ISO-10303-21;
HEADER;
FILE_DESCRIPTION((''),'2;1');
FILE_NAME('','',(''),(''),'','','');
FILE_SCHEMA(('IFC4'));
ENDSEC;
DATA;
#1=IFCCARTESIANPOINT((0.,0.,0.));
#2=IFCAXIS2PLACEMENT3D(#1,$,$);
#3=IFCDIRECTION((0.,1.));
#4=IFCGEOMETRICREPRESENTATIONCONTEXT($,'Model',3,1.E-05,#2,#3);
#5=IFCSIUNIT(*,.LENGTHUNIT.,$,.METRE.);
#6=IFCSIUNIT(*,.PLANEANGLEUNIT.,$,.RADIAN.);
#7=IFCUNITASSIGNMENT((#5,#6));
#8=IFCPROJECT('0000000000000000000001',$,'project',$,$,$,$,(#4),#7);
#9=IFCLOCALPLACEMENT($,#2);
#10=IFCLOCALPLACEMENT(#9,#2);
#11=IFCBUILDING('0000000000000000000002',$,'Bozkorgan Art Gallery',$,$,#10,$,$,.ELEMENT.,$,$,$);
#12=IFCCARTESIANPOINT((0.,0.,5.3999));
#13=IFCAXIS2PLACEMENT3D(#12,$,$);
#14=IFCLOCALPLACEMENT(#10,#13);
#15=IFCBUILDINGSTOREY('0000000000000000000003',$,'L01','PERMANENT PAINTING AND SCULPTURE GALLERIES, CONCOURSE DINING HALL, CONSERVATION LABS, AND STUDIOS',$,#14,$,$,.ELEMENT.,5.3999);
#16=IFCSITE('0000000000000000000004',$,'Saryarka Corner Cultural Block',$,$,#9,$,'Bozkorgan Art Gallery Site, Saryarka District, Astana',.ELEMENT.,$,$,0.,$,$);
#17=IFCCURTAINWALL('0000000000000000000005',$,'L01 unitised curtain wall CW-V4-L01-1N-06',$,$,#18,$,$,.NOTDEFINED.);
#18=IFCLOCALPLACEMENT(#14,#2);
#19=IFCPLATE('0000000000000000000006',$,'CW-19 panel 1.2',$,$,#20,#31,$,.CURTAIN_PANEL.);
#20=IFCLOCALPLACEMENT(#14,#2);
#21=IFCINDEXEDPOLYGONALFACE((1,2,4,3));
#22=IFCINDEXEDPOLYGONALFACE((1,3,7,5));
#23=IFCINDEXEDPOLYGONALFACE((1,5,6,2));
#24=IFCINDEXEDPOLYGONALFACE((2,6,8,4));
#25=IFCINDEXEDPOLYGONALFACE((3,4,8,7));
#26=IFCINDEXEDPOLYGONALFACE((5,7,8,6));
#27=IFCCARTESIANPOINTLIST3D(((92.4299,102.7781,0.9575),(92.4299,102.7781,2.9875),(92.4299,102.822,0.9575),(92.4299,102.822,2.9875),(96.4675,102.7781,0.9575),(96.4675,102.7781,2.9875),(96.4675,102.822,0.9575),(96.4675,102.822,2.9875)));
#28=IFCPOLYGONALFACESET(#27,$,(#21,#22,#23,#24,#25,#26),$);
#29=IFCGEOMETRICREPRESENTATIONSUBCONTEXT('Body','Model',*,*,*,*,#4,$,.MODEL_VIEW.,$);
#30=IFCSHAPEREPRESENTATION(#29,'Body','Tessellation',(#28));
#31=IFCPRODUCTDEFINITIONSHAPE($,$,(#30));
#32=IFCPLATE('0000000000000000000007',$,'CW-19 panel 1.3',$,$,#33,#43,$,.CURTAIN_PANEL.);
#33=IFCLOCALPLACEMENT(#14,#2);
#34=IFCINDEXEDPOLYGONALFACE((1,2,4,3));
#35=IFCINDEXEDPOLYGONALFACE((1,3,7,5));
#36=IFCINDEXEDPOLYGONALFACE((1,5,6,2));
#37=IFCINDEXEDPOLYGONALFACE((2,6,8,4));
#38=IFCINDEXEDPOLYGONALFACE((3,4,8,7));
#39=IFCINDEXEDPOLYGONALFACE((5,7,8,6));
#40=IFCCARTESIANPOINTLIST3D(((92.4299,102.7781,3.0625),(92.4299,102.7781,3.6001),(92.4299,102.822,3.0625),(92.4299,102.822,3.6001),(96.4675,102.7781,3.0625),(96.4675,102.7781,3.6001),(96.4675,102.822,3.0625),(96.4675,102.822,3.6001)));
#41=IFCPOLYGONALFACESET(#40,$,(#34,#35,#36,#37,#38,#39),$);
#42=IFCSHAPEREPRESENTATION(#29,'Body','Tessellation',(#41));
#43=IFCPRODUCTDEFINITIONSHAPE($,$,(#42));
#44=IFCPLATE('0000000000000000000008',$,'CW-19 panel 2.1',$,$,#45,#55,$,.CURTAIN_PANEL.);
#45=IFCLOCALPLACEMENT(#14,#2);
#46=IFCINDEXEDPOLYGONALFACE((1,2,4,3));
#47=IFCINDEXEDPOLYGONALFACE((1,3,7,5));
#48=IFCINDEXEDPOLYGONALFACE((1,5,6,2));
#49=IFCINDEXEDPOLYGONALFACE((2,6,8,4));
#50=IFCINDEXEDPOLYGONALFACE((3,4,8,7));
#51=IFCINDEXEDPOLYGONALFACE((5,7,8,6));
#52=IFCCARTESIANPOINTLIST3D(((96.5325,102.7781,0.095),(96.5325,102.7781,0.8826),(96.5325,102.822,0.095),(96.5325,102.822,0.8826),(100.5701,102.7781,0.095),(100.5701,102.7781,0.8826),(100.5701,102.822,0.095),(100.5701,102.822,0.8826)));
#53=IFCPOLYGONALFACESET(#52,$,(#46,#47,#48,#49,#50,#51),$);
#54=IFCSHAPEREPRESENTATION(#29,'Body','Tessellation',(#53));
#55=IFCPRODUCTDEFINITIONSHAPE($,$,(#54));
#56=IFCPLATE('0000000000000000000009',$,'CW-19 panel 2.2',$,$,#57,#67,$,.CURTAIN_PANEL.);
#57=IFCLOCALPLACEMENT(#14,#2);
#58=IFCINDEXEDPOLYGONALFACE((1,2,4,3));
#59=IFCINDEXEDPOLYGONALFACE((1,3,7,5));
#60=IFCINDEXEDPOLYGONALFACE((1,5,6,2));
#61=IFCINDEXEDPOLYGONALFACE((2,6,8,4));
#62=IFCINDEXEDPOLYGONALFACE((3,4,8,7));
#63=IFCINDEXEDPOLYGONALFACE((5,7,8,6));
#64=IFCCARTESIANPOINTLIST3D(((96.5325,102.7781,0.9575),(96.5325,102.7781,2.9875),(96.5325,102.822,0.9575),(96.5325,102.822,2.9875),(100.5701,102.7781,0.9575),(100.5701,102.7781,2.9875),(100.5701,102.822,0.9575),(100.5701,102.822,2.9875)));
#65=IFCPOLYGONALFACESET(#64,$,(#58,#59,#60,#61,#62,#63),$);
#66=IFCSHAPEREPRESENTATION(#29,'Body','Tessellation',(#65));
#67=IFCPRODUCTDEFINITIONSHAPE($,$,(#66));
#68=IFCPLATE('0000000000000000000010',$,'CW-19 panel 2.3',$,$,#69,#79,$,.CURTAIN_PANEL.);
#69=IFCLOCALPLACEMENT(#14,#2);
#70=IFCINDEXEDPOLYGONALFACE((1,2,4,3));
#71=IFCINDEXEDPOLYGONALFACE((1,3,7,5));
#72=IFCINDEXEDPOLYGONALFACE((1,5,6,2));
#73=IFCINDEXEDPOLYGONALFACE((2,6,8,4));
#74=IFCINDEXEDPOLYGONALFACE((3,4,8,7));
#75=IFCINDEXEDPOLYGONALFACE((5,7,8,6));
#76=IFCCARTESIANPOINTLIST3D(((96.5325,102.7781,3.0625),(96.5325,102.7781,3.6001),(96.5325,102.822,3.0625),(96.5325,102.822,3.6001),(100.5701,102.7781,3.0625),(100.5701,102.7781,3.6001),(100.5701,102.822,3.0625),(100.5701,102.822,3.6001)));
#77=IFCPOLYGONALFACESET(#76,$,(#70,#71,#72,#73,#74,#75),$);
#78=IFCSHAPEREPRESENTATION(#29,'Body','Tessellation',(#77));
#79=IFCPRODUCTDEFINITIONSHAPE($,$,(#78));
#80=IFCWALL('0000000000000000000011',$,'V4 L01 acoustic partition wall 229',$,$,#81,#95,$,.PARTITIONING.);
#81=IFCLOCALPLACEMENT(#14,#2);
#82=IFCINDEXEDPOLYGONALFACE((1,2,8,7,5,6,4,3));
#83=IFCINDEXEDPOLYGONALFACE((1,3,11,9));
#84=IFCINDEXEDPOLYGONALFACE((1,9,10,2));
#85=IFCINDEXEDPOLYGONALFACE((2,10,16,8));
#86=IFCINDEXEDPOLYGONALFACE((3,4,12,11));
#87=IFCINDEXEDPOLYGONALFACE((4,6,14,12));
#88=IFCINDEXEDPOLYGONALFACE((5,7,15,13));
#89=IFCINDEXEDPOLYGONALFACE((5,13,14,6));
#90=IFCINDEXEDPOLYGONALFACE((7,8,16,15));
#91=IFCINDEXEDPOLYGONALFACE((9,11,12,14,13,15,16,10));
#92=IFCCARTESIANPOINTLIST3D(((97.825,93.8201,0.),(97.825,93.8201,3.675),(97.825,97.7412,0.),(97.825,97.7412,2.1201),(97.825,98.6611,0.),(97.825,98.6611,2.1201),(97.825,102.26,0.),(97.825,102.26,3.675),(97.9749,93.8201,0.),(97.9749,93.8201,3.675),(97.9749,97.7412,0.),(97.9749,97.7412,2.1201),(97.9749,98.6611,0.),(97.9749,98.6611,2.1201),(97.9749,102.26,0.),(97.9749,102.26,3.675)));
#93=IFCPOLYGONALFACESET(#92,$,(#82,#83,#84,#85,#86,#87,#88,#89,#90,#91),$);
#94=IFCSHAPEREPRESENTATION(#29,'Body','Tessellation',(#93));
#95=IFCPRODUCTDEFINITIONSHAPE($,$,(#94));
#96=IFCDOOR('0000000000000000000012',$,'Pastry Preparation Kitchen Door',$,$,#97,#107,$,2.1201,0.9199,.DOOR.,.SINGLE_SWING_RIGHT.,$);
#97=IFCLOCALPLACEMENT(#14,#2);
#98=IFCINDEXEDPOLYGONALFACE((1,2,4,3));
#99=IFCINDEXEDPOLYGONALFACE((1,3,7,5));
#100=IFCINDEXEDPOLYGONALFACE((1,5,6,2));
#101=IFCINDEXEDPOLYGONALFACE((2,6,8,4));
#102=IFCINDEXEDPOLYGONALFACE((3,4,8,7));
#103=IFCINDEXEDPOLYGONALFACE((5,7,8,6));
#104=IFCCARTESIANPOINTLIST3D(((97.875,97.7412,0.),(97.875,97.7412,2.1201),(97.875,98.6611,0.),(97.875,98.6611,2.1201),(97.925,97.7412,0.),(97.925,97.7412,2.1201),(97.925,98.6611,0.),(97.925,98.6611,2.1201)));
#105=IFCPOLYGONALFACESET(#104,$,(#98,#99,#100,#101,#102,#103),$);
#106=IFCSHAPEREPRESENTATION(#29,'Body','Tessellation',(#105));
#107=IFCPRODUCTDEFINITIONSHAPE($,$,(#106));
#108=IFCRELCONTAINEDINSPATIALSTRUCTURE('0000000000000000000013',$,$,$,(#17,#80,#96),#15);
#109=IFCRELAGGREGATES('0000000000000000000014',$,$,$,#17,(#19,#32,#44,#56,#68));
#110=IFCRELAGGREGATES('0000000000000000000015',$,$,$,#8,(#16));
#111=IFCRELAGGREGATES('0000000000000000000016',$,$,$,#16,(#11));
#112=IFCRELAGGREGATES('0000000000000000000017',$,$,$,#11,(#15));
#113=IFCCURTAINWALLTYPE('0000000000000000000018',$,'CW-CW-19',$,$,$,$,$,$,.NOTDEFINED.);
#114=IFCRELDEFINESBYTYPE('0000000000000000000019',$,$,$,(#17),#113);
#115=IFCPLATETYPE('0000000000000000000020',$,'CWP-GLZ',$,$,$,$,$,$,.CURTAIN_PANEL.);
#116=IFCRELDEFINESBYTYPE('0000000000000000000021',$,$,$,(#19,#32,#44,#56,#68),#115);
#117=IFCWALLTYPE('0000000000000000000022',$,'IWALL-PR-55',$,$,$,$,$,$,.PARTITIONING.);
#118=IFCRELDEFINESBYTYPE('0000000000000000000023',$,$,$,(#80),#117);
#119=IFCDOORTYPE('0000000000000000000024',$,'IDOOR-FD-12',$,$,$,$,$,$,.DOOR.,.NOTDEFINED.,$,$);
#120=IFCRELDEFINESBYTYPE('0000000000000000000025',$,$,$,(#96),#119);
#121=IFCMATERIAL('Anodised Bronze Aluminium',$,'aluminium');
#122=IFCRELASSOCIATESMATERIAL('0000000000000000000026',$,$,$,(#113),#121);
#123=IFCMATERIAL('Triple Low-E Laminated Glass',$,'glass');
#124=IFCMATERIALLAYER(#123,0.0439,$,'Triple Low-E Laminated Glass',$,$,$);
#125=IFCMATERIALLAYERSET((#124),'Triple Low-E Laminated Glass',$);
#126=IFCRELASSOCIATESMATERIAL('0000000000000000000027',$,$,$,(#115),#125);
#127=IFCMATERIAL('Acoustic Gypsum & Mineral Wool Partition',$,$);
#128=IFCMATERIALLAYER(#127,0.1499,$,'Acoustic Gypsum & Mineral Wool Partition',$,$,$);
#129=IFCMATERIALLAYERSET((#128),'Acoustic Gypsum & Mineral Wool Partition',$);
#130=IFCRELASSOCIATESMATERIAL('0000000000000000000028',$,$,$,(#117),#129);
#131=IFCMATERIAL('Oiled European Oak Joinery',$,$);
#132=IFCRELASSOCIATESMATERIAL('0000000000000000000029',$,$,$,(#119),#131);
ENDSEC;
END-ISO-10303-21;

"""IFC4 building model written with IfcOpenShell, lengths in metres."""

from ifc_helpers import new_model, si_unit, direction, frame, frame_2d, origin, origin_2d, place, context, subcontext, project, spatial, rectangle, extrude, material, layer, layer_set, type_object, element, fill, aggregate, save


model = new_model("IFC4")

# Units and contexts
model_context = context("Model", 3, precision=1e-05, world=origin(), true_north=direction((0.0, 1.0)))
body_context = subcontext(model_context, "Body", "Model", "MODEL_VIEW")
ifc_project = project(units=[si_unit("LENGTHUNIT", "METRE"), si_unit("PLANEANGLEUNIT", "RADIAN")], contexts=[model_context])

# Site, building, storey
site_placement = place(None, origin())
site = spatial("IfcSite", under=ifc_project, at=site_placement, Name="Saryarka Corner Cultural Block", LongName="Bozkorgan Art Gallery Site, Saryarka District, Astana", CompositionType="ELEMENT", RefElevation=0.0)
building_placement = place(site_placement, origin())
building = spatial("IfcBuilding", under=site, at=building_placement, Name="Bozkorgan Art Gallery", CompositionType="ELEMENT")
storey_placement = place(building_placement, frame((0.0, 0.0, 5.3999)))
storey = spatial("IfcBuildingStorey", under=building, at=storey_placement, Name="L01", Description="PERMANENT PAINTING AND SCULPTURE GALLERIES, CONCOURSE DINING HALL, CONSERVATION LABS, AND STUDIOS", CompositionType="ELEMENT", Elevation=5.3999)

# Curtain wall, plates
ifc_material_1 = material(Name="Anodised Bronze Aluminium", Category="aluminium")
curtain_wall_type = type_object("IfcCurtainWallType", Name="CW-CW-19", PredefinedType="NOTDEFINED", material=ifc_material_1)
curtain_wall_placement = place(storey_placement, origin())
curtain_wall = element("IfcCurtainWall", 1, at=curtain_wall_placement, inside=storey, type_object=curtain_wall_type, Name="L01 unitised curtain wall CW-V4-L01-1N-06", PredefinedType="NOTDEFINED")
ifc_material_2 = material(Name="Triple Low-E Laminated Glass", Category="glass")
ifc_layer_1 = layer(ifc_material_2, 0.0439, Name="Triple Low-E Laminated Glass")
ifc_layer_set_1 = layer_set([ifc_layer_1], Name="Triple Low-E Laminated Glass")
plate_type = type_object("IfcPlateType", Name="CWP-GLZ", PredefinedType="CURTAIN_PANEL", material=ifc_layer_set_1)
plate_1_placement = place(storey_placement, frame((94.4487, 102.8, 0.9575), z_axis=(0.0, 0.0, 1.0), x_axis=(1.0, 0.0, 0.0)))
plate_1 = element("IfcPlate", 2, at=plate_1_placement, type_object=plate_type, Name="CW-19 panel 1.2", PredefinedType="CURTAIN_PANEL", context=body_context, shape_type="SweptSolid", body=[
    extrude(rectangle(XDim=4.0376, YDim=0.0439, at=origin_2d()), origin(), (0.0, 0.0, 1.0), 2.03),
])
plate_2_placement = place(storey_placement, frame((94.4487, 102.8, 3.0625), z_axis=(0.0, 0.0, 1.0), x_axis=(1.0, 0.0, 0.0)))
plate_2 = element("IfcPlate", 3, at=plate_2_placement, type_object=plate_type, Name="CW-19 panel 1.3", PredefinedType="CURTAIN_PANEL", context=body_context, shape_type="SweptSolid", body=[
    extrude(rectangle(XDim=4.0376, YDim=0.0439, at=origin_2d()), origin(), (0.0, 0.0, 1.0), 0.5376),
])
plate_3_placement = place(storey_placement, frame((98.5513, 102.8, 0.095), z_axis=(0.0, 0.0, 1.0), x_axis=(1.0, 0.0, 0.0)))
plate_3 = element("IfcPlate", 4, at=plate_3_placement, type_object=plate_type, Name="CW-19 panel 2.1", PredefinedType="CURTAIN_PANEL", context=body_context, shape_type="SweptSolid", body=[
    extrude(rectangle(XDim=4.0376, YDim=0.0439, at=origin_2d()), origin(), (0.0, 0.0, 1.0), 0.7876),
])
plate_4_placement = place(storey_placement, frame((98.5513, 102.8, 0.9575), z_axis=(0.0, 0.0, 1.0), x_axis=(1.0, 0.0, 0.0)))
plate_4 = element("IfcPlate", 5, at=plate_4_placement, type_object=plate_type, Name="CW-19 panel 2.2", PredefinedType="CURTAIN_PANEL", context=body_context, shape_type="SweptSolid", body=[
    extrude(rectangle(XDim=4.0376, YDim=0.0439, at=origin_2d()), origin(), (0.0, 0.0, 1.0), 2.03),
])
plate_5_placement = place(storey_placement, frame((98.5513, 102.8, 3.0625), z_axis=(0.0, 0.0, 1.0), x_axis=(1.0, 0.0, 0.0)))
plate_5 = element("IfcPlate", 6, at=plate_5_placement, type_object=plate_type, Name="CW-19 panel 2.3", PredefinedType="CURTAIN_PANEL", context=body_context, shape_type="SweptSolid", body=[
    extrude(rectangle(XDim=4.0376, YDim=0.0439, at=origin_2d()), origin(), (0.0, 0.0, 1.0), 0.5376),
])
aggregate(curtain_wall, [plate_1, plate_2, plate_3, plate_4, plate_5])

# Wall, opening, door
ifc_material_3 = material(Name="Acoustic Gypsum & Mineral Wool Partition")
ifc_layer_2 = layer(ifc_material_3, 0.1499, Name="Acoustic Gypsum & Mineral Wool Partition")
ifc_layer_set_2 = layer_set([ifc_layer_2], Name="Acoustic Gypsum & Mineral Wool Partition")
wall_type = type_object("IfcWallType", Name="IWALL-PR-55", PredefinedType="PARTITIONING", material=ifc_layer_set_2)
wall_placement = place(storey_placement, frame((97.8999, 93.8201, 0.0), z_axis=(0.0, 0.0, 1.0), x_axis=(0.0, 1.0, 0.0)))
wall = element("IfcWall", 7, at=wall_placement, inside=storey, type_object=wall_type, Name="V4 L01 acoustic partition wall 229", PredefinedType="PARTITIONING", context=body_context, shape_type="SweptSolid", body=[
    extrude(rectangle(XDim=8.4399, YDim=0.1499, at=frame_2d((4.22, 0.0))), origin(), (0.0, 0.0, 1.0), 3.675),
])
opening_placement = place(wall_placement, frame((3.9211, 0.0, 0.0)))
opening = element("IfcOpeningElement", 8, at=opening_placement, cuts=wall, PredefinedType="OPENING", context=body_context, shape_type="SweptSolid", body=[
    extrude(rectangle(XDim=0.9199, YDim=2.1201, at=frame_2d((0.46, 1.0601))), frame((0.0, 0.085, 0.0), z_axis=(0.0, -1.0, 0.0), x_axis=(1.0, 0.0, 0.0)), (0.0, 0.0, 1.0), 0.1699),
])
ifc_material_4 = material(Name="Oiled European Oak Joinery")
door_type = type_object("IfcDoorType", Name="IDOOR-FD-12", OperationType="NOTDEFINED", PredefinedType="DOOR", material=ifc_material_4)
door_placement = place(opening_placement, origin())
door = element("IfcDoor", 9, at=door_placement, inside=storey, type_object=door_type, Name="Pastry Preparation Kitchen Door", OperationType="SINGLE_SWING_RIGHT", OverallHeight=2.1201, OverallWidth=0.9199, PredefinedType="DOOR", context=body_context, shape_type="SweptSolid", body=[
    extrude(rectangle(XDim=0.9199, YDim=2.1201, at=frame_2d((0.46, 1.0601))), frame((0.0, 0.0249, 0.0), z_axis=(0.0, -1.0, 0.0), x_axis=(1.0, 0.0, 0.0)), (0.0, 0.0, 1.0), 0.05),
])
fill(opening, door)

save(model, "model.ifc")
